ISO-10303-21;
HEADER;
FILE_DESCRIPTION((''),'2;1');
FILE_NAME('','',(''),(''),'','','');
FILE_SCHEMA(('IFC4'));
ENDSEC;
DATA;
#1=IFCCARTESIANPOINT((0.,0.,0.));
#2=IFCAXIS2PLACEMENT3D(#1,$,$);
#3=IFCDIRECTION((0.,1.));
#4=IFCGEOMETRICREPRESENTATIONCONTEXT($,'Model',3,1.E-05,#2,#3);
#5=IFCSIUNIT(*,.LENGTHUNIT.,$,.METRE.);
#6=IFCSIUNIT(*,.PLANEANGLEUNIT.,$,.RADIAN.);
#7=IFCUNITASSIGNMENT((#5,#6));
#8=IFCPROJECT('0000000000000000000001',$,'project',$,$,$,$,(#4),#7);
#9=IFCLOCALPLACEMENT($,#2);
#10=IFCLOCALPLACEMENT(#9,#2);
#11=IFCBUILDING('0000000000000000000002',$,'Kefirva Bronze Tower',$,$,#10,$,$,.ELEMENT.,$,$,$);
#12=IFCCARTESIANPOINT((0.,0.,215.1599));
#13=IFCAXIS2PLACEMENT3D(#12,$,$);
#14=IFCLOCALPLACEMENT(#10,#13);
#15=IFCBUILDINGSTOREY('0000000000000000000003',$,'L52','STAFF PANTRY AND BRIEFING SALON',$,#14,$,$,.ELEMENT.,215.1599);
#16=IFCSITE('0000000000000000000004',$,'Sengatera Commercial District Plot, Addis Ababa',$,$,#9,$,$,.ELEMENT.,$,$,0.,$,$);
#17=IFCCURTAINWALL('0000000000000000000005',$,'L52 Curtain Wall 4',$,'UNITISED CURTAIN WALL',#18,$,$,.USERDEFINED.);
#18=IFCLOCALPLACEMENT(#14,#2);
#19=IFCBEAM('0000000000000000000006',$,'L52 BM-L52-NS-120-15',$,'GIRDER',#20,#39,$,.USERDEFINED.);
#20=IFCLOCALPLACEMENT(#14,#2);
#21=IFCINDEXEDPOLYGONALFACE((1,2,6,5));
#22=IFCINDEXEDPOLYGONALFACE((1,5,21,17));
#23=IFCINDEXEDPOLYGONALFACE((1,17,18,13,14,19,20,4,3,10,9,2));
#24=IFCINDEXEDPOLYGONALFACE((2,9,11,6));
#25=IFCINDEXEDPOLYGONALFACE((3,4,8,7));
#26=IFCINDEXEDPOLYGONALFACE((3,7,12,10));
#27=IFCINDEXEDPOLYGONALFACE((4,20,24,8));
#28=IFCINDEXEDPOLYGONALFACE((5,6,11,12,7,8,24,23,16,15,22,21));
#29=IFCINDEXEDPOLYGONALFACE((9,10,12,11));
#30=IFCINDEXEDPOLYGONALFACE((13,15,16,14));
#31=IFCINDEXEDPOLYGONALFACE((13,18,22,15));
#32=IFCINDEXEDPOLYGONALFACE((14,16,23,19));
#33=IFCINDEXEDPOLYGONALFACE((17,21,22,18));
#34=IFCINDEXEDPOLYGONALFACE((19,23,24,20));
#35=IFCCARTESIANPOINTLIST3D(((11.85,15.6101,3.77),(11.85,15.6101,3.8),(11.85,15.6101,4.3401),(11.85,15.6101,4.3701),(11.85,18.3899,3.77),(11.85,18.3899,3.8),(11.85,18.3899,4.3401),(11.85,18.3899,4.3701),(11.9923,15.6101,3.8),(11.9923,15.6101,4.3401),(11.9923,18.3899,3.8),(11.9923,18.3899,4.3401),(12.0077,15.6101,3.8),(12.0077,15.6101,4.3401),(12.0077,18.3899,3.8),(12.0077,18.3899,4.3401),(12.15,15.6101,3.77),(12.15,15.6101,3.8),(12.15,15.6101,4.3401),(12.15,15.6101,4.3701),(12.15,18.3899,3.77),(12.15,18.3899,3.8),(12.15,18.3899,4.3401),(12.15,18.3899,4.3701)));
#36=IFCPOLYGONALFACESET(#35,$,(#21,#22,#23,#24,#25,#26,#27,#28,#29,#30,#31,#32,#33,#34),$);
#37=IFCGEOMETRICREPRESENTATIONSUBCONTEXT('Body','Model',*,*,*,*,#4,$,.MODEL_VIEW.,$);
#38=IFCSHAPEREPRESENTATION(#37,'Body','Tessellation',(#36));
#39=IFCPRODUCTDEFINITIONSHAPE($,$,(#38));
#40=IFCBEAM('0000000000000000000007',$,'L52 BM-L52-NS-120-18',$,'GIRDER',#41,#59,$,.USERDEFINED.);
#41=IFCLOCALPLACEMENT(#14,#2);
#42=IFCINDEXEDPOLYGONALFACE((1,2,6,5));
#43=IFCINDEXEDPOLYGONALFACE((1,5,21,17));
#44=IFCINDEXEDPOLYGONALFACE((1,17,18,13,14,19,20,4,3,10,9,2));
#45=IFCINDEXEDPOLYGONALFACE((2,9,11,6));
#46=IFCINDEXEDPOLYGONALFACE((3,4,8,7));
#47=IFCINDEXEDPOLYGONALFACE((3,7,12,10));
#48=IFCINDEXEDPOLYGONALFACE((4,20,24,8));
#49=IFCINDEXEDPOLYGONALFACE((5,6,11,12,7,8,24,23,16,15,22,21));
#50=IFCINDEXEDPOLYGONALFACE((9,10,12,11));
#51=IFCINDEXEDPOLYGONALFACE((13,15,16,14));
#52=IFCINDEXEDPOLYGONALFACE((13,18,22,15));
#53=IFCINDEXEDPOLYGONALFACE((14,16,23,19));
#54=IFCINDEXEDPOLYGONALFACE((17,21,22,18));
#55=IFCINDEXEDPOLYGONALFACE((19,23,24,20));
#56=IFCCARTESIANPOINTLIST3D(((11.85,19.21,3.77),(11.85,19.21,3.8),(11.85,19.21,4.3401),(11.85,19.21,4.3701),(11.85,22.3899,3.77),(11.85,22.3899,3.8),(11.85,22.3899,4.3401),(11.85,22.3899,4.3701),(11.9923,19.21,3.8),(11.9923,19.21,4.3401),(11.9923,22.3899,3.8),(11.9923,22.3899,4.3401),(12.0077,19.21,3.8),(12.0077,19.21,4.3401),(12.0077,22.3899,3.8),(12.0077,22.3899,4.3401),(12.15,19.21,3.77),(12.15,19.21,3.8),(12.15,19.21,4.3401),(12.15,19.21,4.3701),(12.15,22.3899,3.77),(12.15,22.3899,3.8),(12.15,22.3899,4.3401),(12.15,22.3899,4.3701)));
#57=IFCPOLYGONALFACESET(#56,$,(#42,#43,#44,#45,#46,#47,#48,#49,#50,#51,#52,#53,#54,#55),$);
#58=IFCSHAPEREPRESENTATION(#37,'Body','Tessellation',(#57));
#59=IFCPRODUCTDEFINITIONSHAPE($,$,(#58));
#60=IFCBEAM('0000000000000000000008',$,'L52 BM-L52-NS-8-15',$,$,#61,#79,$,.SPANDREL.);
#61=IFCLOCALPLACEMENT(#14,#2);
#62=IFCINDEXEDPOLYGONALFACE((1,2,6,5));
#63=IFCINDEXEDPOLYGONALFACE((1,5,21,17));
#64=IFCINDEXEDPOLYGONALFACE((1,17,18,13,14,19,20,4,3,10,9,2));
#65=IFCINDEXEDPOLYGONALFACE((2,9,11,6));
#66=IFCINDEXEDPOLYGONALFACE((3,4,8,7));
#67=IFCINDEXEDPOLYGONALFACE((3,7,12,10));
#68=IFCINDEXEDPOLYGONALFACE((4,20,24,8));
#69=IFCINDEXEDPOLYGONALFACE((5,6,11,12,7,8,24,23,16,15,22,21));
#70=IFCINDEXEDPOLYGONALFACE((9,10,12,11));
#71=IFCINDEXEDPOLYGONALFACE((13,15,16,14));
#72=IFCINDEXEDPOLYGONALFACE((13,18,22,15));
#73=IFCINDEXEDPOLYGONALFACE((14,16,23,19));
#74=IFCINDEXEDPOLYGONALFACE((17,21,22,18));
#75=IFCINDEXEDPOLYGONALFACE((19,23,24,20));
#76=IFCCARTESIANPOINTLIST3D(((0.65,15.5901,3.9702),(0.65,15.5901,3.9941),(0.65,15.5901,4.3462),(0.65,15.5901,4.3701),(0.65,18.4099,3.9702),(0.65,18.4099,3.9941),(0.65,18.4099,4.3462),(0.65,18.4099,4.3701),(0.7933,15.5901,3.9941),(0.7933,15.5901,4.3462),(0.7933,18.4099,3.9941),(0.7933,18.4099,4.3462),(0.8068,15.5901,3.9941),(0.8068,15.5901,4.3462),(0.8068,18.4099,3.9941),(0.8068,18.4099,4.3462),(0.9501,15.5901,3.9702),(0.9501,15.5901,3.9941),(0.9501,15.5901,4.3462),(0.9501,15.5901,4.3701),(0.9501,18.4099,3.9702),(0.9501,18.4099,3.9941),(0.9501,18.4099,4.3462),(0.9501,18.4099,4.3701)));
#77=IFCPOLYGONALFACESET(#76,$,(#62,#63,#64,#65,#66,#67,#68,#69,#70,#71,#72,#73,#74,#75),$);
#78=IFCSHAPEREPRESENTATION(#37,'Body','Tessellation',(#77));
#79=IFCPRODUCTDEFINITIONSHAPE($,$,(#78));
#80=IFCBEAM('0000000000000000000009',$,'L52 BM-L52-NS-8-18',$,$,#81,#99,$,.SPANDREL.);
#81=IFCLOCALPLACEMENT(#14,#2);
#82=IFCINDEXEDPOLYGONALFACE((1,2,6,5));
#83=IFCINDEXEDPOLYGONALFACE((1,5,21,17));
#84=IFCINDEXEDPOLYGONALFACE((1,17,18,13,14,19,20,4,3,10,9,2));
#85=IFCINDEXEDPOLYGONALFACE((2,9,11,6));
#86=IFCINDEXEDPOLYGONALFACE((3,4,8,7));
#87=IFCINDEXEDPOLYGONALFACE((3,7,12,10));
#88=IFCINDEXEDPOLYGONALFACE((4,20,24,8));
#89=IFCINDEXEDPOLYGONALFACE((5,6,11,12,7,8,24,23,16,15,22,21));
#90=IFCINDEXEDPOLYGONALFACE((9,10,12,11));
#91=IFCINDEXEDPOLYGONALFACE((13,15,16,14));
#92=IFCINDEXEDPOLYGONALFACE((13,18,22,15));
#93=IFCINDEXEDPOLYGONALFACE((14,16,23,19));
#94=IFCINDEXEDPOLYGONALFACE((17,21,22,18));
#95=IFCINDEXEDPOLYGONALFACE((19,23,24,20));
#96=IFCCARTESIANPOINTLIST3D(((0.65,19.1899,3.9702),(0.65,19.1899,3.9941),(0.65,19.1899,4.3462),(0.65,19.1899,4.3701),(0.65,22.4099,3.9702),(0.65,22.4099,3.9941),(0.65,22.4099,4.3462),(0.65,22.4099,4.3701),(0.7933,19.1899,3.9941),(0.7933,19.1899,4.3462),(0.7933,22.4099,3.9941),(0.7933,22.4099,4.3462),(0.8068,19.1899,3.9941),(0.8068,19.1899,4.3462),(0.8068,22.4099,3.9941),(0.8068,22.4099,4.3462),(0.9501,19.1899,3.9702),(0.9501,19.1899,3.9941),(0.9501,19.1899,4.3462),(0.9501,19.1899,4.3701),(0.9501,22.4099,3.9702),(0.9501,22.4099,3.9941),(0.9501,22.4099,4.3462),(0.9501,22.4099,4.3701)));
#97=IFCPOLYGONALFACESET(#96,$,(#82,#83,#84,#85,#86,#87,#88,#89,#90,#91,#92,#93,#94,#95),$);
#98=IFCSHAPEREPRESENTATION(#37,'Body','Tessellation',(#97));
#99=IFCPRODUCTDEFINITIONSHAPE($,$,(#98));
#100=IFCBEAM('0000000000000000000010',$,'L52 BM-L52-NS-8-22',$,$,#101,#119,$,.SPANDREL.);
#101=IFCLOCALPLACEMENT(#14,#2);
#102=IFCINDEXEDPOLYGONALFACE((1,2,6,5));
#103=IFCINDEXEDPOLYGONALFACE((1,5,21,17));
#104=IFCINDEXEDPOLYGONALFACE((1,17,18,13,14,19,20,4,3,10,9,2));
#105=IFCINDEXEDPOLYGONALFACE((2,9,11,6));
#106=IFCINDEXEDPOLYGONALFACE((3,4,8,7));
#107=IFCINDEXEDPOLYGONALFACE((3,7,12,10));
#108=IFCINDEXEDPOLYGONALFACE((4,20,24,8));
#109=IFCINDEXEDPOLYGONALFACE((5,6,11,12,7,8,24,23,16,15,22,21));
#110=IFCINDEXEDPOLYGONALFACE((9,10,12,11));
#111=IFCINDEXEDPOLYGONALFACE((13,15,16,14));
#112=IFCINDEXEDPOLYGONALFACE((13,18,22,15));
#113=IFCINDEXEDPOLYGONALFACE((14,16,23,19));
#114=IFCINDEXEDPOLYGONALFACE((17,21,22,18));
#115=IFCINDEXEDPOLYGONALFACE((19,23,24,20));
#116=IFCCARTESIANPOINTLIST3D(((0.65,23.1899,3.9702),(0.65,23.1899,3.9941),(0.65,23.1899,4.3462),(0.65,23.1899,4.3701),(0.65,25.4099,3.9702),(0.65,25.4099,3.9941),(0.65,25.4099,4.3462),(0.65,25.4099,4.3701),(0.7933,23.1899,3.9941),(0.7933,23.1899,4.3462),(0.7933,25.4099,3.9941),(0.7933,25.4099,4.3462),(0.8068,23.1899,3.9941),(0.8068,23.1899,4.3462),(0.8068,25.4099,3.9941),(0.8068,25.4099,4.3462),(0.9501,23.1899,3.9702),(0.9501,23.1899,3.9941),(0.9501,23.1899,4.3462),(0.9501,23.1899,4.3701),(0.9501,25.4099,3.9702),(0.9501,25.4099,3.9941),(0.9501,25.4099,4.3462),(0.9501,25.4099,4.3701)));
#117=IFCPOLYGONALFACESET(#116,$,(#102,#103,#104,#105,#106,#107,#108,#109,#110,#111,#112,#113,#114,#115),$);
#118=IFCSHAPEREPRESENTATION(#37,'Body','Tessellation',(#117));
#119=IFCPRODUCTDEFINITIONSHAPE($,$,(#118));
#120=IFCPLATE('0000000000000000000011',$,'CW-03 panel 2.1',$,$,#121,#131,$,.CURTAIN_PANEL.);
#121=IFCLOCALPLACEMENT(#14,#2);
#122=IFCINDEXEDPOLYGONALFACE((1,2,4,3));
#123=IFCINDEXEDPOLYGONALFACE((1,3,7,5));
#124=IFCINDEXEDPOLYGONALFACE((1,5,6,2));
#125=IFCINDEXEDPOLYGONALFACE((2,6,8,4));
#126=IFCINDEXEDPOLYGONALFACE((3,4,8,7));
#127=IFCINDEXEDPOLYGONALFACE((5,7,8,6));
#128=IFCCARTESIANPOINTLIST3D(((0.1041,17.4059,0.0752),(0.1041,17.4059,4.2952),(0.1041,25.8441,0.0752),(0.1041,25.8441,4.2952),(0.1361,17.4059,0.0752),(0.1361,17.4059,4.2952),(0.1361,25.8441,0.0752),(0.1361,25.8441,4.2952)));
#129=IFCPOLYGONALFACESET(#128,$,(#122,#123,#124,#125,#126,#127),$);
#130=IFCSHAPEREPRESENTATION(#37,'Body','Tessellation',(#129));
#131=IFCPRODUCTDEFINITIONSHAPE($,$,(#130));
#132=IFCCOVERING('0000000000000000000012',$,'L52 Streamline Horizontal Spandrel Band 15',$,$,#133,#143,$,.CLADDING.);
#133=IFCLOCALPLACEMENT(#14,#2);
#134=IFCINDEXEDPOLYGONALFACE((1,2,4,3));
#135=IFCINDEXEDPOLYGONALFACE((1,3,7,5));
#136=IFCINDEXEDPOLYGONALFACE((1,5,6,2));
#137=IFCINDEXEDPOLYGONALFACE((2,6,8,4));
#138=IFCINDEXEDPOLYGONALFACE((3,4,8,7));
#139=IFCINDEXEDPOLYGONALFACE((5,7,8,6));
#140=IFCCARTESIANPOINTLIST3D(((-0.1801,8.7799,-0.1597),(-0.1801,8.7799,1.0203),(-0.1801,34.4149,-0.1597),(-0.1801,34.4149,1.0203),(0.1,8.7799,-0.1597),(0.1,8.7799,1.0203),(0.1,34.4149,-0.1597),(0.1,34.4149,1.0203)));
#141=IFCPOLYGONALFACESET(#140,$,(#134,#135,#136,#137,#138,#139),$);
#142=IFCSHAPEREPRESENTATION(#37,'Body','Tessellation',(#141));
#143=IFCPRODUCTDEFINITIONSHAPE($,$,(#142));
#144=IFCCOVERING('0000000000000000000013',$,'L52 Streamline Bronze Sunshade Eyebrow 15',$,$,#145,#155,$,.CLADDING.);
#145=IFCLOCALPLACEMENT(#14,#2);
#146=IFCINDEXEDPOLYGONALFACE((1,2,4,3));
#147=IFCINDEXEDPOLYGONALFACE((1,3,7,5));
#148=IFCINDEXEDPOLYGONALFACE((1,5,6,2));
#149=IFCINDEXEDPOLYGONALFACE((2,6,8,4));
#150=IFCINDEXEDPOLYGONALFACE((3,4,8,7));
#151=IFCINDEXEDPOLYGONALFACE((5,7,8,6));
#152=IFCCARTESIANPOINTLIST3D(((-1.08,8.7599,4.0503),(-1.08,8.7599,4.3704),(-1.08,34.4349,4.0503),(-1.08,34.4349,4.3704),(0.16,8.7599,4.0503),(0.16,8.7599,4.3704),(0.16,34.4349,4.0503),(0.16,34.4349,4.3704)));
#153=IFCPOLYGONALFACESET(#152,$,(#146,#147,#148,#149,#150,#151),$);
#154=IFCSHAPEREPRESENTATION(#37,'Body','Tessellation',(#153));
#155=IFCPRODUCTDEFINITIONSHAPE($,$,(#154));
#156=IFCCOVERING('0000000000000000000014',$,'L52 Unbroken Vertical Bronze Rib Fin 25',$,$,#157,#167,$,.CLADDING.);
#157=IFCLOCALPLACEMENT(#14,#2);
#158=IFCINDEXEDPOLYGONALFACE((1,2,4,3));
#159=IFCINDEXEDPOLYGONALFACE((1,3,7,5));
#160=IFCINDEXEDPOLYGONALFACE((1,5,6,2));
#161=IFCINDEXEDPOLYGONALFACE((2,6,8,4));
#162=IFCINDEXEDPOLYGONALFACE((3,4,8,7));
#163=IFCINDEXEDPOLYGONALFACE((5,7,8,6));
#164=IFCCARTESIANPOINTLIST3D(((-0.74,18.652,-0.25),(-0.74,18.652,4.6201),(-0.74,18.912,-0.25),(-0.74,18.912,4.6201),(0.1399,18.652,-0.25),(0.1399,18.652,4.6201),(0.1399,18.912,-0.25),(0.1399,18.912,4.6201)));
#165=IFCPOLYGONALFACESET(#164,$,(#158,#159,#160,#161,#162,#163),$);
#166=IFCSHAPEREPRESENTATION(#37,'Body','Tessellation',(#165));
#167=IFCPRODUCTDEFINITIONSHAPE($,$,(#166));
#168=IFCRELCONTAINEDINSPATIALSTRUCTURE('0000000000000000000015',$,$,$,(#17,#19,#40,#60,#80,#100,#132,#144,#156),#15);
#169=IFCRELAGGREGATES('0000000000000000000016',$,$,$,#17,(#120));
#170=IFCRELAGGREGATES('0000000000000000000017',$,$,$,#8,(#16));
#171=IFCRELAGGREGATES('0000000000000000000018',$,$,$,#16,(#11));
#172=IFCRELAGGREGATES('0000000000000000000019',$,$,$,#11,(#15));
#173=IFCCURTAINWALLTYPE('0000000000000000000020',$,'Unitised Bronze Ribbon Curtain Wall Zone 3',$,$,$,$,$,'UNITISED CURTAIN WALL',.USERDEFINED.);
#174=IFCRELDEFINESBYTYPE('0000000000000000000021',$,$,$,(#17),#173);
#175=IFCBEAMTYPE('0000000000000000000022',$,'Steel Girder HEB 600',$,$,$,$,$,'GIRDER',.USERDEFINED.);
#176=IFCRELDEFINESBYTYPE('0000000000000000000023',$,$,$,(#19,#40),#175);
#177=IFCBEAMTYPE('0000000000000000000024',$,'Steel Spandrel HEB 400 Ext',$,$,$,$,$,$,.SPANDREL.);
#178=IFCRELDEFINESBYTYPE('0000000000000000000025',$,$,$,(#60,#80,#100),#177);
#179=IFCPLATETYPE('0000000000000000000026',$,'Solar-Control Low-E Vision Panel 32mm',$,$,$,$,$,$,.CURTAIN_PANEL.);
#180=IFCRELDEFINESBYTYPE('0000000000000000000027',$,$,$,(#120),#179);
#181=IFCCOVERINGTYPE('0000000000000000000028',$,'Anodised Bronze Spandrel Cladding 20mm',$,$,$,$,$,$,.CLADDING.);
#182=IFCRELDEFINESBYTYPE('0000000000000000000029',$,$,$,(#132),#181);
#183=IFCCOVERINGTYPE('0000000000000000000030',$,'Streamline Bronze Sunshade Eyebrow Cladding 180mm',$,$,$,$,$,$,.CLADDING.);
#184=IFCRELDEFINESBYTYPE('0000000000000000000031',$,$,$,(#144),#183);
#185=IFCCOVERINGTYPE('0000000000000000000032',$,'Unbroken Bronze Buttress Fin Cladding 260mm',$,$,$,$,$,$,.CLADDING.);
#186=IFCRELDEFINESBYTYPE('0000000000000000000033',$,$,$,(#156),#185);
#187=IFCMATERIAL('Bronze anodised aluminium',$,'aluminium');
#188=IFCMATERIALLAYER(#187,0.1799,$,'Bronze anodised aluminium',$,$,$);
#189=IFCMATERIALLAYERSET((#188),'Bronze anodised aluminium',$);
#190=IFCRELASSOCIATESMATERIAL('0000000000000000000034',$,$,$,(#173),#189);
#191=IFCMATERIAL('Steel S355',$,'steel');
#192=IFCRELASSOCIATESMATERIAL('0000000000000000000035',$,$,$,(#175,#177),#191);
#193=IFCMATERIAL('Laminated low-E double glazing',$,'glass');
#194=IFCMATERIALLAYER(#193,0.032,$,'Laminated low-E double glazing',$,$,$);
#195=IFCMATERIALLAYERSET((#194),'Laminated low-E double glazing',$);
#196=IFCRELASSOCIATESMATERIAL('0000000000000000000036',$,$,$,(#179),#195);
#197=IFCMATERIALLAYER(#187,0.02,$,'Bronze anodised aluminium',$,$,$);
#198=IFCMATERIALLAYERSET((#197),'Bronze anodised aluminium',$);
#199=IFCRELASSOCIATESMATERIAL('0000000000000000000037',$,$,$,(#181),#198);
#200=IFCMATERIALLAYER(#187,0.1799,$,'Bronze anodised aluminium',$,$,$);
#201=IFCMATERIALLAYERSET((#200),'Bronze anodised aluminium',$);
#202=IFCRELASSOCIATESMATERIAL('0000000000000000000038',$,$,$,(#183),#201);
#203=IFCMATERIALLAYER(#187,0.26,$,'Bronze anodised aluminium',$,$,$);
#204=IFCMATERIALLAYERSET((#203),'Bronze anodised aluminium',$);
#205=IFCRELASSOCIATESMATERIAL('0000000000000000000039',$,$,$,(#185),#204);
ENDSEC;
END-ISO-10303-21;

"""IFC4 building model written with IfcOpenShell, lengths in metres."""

from ifc_helpers import new_model, si_unit, direction, frame, origin, origin_2d, place, context, subcontext, project, spatial, rectangle, i_section, extrude, material, layer, layer_set, material_profile, profile_set, type_object, element, aggregate, save


model = new_model("IFC4")

# Units and contexts
model_context = context("Model", 3, precision=1e-05, world=origin(), true_north=direction((0.0, 1.0)))
body_context = subcontext(model_context, "Body", "Model", "MODEL_VIEW")
ifc_project = project(units=[si_unit("LENGTHUNIT", "METRE"), si_unit("PLANEANGLEUNIT", "RADIAN")], contexts=[model_context])

# Site, building, storey
site_placement = place(None, origin())
site = spatial("IfcSite", under=ifc_project, at=site_placement, Name="Sengatera Commercial District Plot, Addis Ababa", CompositionType="ELEMENT", RefElevation=0.0)
building_placement = place(site_placement, origin())
building = spatial("IfcBuilding", under=site, at=building_placement, Name="Kefirva Bronze Tower", CompositionType="ELEMENT")
storey_placement = place(building_placement, frame((0.0, 0.0, 215.1599)))
storey = spatial("IfcBuildingStorey", under=building, at=storey_placement, Name="L52", Description="STAFF PANTRY AND BRIEFING SALON", CompositionType="ELEMENT", Elevation=215.1599)

# Curtain wall
ifc_material_1 = material(Name="Bronze anodised aluminium", Category="aluminium")
ifc_layer_1 = layer(ifc_material_1, 0.1799, Name="Bronze anodised aluminium")
ifc_layer_set_1 = layer_set([ifc_layer_1], Name="Bronze anodised aluminium")
curtain_wall_type = type_object("IfcCurtainWallType", Name="Unitised Bronze Ribbon Curtain Wall Zone 3", ElementType="UNITISED CURTAIN WALL", PredefinedType="USERDEFINED", material=ifc_layer_set_1)
curtain_wall_placement = place(storey_placement, origin())
curtain_wall = element("IfcCurtainWall", 1, at=curtain_wall_placement, inside=storey, type_object=curtain_wall_type, Name="L52 Curtain Wall 4", ObjectType="UNITISED CURTAIN WALL", PredefinedType="USERDEFINED")

# Beams
ifc_material_2 = material(Name="Steel S355", Category="steel")
ifc_material_profile_1 = material_profile(ifc_material_2, i_section(OverallWidth=0.3, OverallDepth=0.6001, WebThickness=0.0154, FlangeThickness=0.03, at=origin_2d()), Name="HEB 600")
ifc_profile_set_1 = profile_set([ifc_material_profile_1], Name="Steel S355")
beam_type_1 = type_object("IfcBeamType", Name="Steel Girder HEB 600", ElementType="GIRDER", PredefinedType="USERDEFINED", material=ifc_profile_set_1)
beam_1_placement = place(storey_placement, frame((12.0, 15.6101, 4.0701), z_axis=(0.0, 1.0, 0.0), x_axis=(-1.0, 0.0, 0.0)))
element("IfcBeam", 2, at=beam_1_placement, inside=storey, type_object=beam_type_1, Name="L52 BM-L52-NS-120-15", ObjectType="GIRDER", PredefinedType="USERDEFINED", context=body_context, shape_type="SweptSolid", body=[
    extrude(i_section(OverallWidth=0.3, OverallDepth=0.6001, WebThickness=0.0154, FlangeThickness=0.03, at=origin_2d()), origin(), (0.0, 0.0, 1.0), 2.7798),
])
beam_2_placement = place(storey_placement, frame((12.0, 19.21, 4.0701), z_axis=(0.0, 1.0, 0.0), x_axis=(-1.0, 0.0, 0.0)))
element("IfcBeam", 3, at=beam_2_placement, inside=storey, type_object=beam_type_1, Name="L52 BM-L52-NS-120-18", ObjectType="GIRDER", PredefinedType="USERDEFINED", context=body_context, shape_type="SweptSolid", body=[
    extrude(i_section(OverallWidth=0.3, OverallDepth=0.6001, WebThickness=0.0154, FlangeThickness=0.03, at=origin_2d()), origin(), (0.0, 0.0, 1.0), 3.1799),
])
ifc_material_profile_2 = material_profile(ifc_material_2, i_section(OverallWidth=0.3, OverallDepth=0.3999, WebThickness=0.0134, FlangeThickness=0.0239, at=origin_2d()), Name="HEB 400")
ifc_profile_set_2 = profile_set([ifc_material_profile_2], Name="Steel S355")
beam_type_2 = type_object("IfcBeamType", Name="Steel Spandrel HEB 400 Ext", PredefinedType="SPANDREL", material=ifc_profile_set_2)
beam_3_placement = place(storey_placement, frame((0.8, 15.5901, 4.1702), z_axis=(0.0, 1.0, 0.0), x_axis=(-1.0, 0.0, 0.0)))
element("IfcBeam", 4, at=beam_3_placement, inside=storey, type_object=beam_type_2, Name="L52 BM-L52-NS-8-15", PredefinedType="SPANDREL", context=body_context, shape_type="SweptSolid", body=[
    extrude(i_section(OverallWidth=0.3, OverallDepth=0.3999, WebThickness=0.0134, FlangeThickness=0.0239, at=origin_2d()), origin(), (0.0, 0.0, 1.0), 2.8198),
])
beam_4_placement = place(storey_placement, frame((0.8, 19.1899, 4.1702), z_axis=(0.0, 1.0, 0.0), x_axis=(-1.0, 0.0, 0.0)))
element("IfcBeam", 5, at=beam_4_placement, inside=storey, type_object=beam_type_2, Name="L52 BM-L52-NS-8-18", PredefinedType="SPANDREL", context=body_context, shape_type="SweptSolid", body=[
    extrude(i_section(OverallWidth=0.3, OverallDepth=0.3999, WebThickness=0.0134, FlangeThickness=0.0239, at=origin_2d()), origin(), (0.0, 0.0, 1.0), 3.22),
])
beam_5_placement = place(storey_placement, frame((0.8, 23.1899, 4.1702), z_axis=(0.0, 1.0, 0.0), x_axis=(-1.0, 0.0, 0.0)))
element("IfcBeam", 6, at=beam_5_placement, inside=storey, type_object=beam_type_2, Name="L52 BM-L52-NS-8-22", PredefinedType="SPANDREL", context=body_context, shape_type="SweptSolid", body=[
    extrude(i_section(OverallWidth=0.3, OverallDepth=0.3999, WebThickness=0.0134, FlangeThickness=0.0239, at=origin_2d()), origin(), (0.0, 0.0, 1.0), 2.22),
])

# Plate
ifc_material_3 = material(Name="Laminated low-E double glazing", Category="glass")
ifc_layer_2 = layer(ifc_material_3, 0.032, Name="Laminated low-E double glazing")
ifc_layer_set_2 = layer_set([ifc_layer_2], Name="Laminated low-E double glazing")
plate_type = type_object("IfcPlateType", Name="Solar-Control Low-E Vision Panel 32mm", PredefinedType="CURTAIN_PANEL", material=ifc_layer_set_2)
plate_placement = place(storey_placement, frame((0.1201, 21.625, 0.0752), z_axis=(0.0, 0.0, 1.0), x_axis=(0.0, -1.0, 0.0)))
plate = element("IfcPlate", 7, at=plate_placement, type_object=plate_type, Name="CW-03 panel 2.1", PredefinedType="CURTAIN_PANEL", context=body_context, shape_type="SweptSolid", body=[
    extrude(rectangle(XDim=8.4382, YDim=0.032, at=origin_2d()), origin(), (0.0, 0.0, 1.0), 4.22),
])
aggregate(curtain_wall, [plate])

# Coverings
ifc_layer_3 = layer(ifc_material_1, 0.02, Name="Bronze anodised aluminium")
ifc_layer_set_3 = layer_set([ifc_layer_3], Name="Bronze anodised aluminium")
covering_type_1 = type_object("IfcCoveringType", Name="Anodised Bronze Spandrel Cladding 20mm", PredefinedType="CLADDING", material=ifc_layer_set_3)
covering_1_placement = place(storey_placement, frame((-0.04, 21.5974, -0.1597), z_axis=(0.0, 0.0, 1.0), x_axis=(0.0, -1.0, 0.0)))
element("IfcCovering", 8, at=covering_1_placement, inside=storey, type_object=covering_type_1, Name="L52 Streamline Horizontal Spandrel Band 15", PredefinedType="CLADDING", context=body_context, shape_type="SweptSolid", body=[
    extrude(rectangle(XDim=25.635, YDim=0.28, at=origin_2d()), origin(), (0.0, 0.0, 1.0), 1.1799),
])
ifc_layer_4 = layer(ifc_material_1, 0.1799, Name="Bronze anodised aluminium")
ifc_layer_set_4 = layer_set([ifc_layer_4], Name="Bronze anodised aluminium")
covering_type_2 = type_object("IfcCoveringType", Name="Streamline Bronze Sunshade Eyebrow Cladding 180mm", PredefinedType="CLADDING", material=ifc_layer_set_4)
covering_2_placement = place(storey_placement, frame((-0.46, 21.5974, 4.0503), z_axis=(0.0, 0.0, 1.0), x_axis=(0.0, -1.0, 0.0)))
element("IfcCovering", 9, at=covering_2_placement, inside=storey, type_object=covering_type_2, Name="L52 Streamline Bronze Sunshade Eyebrow 15", PredefinedType="CLADDING", context=body_context, shape_type="SweptSolid", body=[
    extrude(rectangle(XDim=25.675, YDim=1.24, at=origin_2d()), origin(), (0.0, 0.0, 1.0), 0.3201),
])
ifc_layer_5 = layer(ifc_material_1, 0.26, Name="Bronze anodised aluminium")
ifc_layer_set_5 = layer_set([ifc_layer_5], Name="Bronze anodised aluminium")
covering_type_3 = type_object("IfcCoveringType", Name="Unbroken Bronze Buttress Fin Cladding 260mm", PredefinedType="CLADDING", material=ifc_layer_set_5)
covering_3_placement = place(storey_placement, frame((-0.3, 18.782, -0.25), z_axis=(0.0, 0.0, 1.0), x_axis=(0.0, -1.0, 0.0)))
element("IfcCovering", 10, at=covering_3_placement, inside=storey, type_object=covering_type_3, Name="L52 Unbroken Vertical Bronze Rib Fin 25", PredefinedType="CLADDING", context=body_context, shape_type="SweptSolid", body=[
    extrude(rectangle(XDim=0.26, YDim=0.8799, at=origin_2d()), origin(), (0.0, 0.0, 1.0), 4.8701),
])

save(model, "model.ifc")
